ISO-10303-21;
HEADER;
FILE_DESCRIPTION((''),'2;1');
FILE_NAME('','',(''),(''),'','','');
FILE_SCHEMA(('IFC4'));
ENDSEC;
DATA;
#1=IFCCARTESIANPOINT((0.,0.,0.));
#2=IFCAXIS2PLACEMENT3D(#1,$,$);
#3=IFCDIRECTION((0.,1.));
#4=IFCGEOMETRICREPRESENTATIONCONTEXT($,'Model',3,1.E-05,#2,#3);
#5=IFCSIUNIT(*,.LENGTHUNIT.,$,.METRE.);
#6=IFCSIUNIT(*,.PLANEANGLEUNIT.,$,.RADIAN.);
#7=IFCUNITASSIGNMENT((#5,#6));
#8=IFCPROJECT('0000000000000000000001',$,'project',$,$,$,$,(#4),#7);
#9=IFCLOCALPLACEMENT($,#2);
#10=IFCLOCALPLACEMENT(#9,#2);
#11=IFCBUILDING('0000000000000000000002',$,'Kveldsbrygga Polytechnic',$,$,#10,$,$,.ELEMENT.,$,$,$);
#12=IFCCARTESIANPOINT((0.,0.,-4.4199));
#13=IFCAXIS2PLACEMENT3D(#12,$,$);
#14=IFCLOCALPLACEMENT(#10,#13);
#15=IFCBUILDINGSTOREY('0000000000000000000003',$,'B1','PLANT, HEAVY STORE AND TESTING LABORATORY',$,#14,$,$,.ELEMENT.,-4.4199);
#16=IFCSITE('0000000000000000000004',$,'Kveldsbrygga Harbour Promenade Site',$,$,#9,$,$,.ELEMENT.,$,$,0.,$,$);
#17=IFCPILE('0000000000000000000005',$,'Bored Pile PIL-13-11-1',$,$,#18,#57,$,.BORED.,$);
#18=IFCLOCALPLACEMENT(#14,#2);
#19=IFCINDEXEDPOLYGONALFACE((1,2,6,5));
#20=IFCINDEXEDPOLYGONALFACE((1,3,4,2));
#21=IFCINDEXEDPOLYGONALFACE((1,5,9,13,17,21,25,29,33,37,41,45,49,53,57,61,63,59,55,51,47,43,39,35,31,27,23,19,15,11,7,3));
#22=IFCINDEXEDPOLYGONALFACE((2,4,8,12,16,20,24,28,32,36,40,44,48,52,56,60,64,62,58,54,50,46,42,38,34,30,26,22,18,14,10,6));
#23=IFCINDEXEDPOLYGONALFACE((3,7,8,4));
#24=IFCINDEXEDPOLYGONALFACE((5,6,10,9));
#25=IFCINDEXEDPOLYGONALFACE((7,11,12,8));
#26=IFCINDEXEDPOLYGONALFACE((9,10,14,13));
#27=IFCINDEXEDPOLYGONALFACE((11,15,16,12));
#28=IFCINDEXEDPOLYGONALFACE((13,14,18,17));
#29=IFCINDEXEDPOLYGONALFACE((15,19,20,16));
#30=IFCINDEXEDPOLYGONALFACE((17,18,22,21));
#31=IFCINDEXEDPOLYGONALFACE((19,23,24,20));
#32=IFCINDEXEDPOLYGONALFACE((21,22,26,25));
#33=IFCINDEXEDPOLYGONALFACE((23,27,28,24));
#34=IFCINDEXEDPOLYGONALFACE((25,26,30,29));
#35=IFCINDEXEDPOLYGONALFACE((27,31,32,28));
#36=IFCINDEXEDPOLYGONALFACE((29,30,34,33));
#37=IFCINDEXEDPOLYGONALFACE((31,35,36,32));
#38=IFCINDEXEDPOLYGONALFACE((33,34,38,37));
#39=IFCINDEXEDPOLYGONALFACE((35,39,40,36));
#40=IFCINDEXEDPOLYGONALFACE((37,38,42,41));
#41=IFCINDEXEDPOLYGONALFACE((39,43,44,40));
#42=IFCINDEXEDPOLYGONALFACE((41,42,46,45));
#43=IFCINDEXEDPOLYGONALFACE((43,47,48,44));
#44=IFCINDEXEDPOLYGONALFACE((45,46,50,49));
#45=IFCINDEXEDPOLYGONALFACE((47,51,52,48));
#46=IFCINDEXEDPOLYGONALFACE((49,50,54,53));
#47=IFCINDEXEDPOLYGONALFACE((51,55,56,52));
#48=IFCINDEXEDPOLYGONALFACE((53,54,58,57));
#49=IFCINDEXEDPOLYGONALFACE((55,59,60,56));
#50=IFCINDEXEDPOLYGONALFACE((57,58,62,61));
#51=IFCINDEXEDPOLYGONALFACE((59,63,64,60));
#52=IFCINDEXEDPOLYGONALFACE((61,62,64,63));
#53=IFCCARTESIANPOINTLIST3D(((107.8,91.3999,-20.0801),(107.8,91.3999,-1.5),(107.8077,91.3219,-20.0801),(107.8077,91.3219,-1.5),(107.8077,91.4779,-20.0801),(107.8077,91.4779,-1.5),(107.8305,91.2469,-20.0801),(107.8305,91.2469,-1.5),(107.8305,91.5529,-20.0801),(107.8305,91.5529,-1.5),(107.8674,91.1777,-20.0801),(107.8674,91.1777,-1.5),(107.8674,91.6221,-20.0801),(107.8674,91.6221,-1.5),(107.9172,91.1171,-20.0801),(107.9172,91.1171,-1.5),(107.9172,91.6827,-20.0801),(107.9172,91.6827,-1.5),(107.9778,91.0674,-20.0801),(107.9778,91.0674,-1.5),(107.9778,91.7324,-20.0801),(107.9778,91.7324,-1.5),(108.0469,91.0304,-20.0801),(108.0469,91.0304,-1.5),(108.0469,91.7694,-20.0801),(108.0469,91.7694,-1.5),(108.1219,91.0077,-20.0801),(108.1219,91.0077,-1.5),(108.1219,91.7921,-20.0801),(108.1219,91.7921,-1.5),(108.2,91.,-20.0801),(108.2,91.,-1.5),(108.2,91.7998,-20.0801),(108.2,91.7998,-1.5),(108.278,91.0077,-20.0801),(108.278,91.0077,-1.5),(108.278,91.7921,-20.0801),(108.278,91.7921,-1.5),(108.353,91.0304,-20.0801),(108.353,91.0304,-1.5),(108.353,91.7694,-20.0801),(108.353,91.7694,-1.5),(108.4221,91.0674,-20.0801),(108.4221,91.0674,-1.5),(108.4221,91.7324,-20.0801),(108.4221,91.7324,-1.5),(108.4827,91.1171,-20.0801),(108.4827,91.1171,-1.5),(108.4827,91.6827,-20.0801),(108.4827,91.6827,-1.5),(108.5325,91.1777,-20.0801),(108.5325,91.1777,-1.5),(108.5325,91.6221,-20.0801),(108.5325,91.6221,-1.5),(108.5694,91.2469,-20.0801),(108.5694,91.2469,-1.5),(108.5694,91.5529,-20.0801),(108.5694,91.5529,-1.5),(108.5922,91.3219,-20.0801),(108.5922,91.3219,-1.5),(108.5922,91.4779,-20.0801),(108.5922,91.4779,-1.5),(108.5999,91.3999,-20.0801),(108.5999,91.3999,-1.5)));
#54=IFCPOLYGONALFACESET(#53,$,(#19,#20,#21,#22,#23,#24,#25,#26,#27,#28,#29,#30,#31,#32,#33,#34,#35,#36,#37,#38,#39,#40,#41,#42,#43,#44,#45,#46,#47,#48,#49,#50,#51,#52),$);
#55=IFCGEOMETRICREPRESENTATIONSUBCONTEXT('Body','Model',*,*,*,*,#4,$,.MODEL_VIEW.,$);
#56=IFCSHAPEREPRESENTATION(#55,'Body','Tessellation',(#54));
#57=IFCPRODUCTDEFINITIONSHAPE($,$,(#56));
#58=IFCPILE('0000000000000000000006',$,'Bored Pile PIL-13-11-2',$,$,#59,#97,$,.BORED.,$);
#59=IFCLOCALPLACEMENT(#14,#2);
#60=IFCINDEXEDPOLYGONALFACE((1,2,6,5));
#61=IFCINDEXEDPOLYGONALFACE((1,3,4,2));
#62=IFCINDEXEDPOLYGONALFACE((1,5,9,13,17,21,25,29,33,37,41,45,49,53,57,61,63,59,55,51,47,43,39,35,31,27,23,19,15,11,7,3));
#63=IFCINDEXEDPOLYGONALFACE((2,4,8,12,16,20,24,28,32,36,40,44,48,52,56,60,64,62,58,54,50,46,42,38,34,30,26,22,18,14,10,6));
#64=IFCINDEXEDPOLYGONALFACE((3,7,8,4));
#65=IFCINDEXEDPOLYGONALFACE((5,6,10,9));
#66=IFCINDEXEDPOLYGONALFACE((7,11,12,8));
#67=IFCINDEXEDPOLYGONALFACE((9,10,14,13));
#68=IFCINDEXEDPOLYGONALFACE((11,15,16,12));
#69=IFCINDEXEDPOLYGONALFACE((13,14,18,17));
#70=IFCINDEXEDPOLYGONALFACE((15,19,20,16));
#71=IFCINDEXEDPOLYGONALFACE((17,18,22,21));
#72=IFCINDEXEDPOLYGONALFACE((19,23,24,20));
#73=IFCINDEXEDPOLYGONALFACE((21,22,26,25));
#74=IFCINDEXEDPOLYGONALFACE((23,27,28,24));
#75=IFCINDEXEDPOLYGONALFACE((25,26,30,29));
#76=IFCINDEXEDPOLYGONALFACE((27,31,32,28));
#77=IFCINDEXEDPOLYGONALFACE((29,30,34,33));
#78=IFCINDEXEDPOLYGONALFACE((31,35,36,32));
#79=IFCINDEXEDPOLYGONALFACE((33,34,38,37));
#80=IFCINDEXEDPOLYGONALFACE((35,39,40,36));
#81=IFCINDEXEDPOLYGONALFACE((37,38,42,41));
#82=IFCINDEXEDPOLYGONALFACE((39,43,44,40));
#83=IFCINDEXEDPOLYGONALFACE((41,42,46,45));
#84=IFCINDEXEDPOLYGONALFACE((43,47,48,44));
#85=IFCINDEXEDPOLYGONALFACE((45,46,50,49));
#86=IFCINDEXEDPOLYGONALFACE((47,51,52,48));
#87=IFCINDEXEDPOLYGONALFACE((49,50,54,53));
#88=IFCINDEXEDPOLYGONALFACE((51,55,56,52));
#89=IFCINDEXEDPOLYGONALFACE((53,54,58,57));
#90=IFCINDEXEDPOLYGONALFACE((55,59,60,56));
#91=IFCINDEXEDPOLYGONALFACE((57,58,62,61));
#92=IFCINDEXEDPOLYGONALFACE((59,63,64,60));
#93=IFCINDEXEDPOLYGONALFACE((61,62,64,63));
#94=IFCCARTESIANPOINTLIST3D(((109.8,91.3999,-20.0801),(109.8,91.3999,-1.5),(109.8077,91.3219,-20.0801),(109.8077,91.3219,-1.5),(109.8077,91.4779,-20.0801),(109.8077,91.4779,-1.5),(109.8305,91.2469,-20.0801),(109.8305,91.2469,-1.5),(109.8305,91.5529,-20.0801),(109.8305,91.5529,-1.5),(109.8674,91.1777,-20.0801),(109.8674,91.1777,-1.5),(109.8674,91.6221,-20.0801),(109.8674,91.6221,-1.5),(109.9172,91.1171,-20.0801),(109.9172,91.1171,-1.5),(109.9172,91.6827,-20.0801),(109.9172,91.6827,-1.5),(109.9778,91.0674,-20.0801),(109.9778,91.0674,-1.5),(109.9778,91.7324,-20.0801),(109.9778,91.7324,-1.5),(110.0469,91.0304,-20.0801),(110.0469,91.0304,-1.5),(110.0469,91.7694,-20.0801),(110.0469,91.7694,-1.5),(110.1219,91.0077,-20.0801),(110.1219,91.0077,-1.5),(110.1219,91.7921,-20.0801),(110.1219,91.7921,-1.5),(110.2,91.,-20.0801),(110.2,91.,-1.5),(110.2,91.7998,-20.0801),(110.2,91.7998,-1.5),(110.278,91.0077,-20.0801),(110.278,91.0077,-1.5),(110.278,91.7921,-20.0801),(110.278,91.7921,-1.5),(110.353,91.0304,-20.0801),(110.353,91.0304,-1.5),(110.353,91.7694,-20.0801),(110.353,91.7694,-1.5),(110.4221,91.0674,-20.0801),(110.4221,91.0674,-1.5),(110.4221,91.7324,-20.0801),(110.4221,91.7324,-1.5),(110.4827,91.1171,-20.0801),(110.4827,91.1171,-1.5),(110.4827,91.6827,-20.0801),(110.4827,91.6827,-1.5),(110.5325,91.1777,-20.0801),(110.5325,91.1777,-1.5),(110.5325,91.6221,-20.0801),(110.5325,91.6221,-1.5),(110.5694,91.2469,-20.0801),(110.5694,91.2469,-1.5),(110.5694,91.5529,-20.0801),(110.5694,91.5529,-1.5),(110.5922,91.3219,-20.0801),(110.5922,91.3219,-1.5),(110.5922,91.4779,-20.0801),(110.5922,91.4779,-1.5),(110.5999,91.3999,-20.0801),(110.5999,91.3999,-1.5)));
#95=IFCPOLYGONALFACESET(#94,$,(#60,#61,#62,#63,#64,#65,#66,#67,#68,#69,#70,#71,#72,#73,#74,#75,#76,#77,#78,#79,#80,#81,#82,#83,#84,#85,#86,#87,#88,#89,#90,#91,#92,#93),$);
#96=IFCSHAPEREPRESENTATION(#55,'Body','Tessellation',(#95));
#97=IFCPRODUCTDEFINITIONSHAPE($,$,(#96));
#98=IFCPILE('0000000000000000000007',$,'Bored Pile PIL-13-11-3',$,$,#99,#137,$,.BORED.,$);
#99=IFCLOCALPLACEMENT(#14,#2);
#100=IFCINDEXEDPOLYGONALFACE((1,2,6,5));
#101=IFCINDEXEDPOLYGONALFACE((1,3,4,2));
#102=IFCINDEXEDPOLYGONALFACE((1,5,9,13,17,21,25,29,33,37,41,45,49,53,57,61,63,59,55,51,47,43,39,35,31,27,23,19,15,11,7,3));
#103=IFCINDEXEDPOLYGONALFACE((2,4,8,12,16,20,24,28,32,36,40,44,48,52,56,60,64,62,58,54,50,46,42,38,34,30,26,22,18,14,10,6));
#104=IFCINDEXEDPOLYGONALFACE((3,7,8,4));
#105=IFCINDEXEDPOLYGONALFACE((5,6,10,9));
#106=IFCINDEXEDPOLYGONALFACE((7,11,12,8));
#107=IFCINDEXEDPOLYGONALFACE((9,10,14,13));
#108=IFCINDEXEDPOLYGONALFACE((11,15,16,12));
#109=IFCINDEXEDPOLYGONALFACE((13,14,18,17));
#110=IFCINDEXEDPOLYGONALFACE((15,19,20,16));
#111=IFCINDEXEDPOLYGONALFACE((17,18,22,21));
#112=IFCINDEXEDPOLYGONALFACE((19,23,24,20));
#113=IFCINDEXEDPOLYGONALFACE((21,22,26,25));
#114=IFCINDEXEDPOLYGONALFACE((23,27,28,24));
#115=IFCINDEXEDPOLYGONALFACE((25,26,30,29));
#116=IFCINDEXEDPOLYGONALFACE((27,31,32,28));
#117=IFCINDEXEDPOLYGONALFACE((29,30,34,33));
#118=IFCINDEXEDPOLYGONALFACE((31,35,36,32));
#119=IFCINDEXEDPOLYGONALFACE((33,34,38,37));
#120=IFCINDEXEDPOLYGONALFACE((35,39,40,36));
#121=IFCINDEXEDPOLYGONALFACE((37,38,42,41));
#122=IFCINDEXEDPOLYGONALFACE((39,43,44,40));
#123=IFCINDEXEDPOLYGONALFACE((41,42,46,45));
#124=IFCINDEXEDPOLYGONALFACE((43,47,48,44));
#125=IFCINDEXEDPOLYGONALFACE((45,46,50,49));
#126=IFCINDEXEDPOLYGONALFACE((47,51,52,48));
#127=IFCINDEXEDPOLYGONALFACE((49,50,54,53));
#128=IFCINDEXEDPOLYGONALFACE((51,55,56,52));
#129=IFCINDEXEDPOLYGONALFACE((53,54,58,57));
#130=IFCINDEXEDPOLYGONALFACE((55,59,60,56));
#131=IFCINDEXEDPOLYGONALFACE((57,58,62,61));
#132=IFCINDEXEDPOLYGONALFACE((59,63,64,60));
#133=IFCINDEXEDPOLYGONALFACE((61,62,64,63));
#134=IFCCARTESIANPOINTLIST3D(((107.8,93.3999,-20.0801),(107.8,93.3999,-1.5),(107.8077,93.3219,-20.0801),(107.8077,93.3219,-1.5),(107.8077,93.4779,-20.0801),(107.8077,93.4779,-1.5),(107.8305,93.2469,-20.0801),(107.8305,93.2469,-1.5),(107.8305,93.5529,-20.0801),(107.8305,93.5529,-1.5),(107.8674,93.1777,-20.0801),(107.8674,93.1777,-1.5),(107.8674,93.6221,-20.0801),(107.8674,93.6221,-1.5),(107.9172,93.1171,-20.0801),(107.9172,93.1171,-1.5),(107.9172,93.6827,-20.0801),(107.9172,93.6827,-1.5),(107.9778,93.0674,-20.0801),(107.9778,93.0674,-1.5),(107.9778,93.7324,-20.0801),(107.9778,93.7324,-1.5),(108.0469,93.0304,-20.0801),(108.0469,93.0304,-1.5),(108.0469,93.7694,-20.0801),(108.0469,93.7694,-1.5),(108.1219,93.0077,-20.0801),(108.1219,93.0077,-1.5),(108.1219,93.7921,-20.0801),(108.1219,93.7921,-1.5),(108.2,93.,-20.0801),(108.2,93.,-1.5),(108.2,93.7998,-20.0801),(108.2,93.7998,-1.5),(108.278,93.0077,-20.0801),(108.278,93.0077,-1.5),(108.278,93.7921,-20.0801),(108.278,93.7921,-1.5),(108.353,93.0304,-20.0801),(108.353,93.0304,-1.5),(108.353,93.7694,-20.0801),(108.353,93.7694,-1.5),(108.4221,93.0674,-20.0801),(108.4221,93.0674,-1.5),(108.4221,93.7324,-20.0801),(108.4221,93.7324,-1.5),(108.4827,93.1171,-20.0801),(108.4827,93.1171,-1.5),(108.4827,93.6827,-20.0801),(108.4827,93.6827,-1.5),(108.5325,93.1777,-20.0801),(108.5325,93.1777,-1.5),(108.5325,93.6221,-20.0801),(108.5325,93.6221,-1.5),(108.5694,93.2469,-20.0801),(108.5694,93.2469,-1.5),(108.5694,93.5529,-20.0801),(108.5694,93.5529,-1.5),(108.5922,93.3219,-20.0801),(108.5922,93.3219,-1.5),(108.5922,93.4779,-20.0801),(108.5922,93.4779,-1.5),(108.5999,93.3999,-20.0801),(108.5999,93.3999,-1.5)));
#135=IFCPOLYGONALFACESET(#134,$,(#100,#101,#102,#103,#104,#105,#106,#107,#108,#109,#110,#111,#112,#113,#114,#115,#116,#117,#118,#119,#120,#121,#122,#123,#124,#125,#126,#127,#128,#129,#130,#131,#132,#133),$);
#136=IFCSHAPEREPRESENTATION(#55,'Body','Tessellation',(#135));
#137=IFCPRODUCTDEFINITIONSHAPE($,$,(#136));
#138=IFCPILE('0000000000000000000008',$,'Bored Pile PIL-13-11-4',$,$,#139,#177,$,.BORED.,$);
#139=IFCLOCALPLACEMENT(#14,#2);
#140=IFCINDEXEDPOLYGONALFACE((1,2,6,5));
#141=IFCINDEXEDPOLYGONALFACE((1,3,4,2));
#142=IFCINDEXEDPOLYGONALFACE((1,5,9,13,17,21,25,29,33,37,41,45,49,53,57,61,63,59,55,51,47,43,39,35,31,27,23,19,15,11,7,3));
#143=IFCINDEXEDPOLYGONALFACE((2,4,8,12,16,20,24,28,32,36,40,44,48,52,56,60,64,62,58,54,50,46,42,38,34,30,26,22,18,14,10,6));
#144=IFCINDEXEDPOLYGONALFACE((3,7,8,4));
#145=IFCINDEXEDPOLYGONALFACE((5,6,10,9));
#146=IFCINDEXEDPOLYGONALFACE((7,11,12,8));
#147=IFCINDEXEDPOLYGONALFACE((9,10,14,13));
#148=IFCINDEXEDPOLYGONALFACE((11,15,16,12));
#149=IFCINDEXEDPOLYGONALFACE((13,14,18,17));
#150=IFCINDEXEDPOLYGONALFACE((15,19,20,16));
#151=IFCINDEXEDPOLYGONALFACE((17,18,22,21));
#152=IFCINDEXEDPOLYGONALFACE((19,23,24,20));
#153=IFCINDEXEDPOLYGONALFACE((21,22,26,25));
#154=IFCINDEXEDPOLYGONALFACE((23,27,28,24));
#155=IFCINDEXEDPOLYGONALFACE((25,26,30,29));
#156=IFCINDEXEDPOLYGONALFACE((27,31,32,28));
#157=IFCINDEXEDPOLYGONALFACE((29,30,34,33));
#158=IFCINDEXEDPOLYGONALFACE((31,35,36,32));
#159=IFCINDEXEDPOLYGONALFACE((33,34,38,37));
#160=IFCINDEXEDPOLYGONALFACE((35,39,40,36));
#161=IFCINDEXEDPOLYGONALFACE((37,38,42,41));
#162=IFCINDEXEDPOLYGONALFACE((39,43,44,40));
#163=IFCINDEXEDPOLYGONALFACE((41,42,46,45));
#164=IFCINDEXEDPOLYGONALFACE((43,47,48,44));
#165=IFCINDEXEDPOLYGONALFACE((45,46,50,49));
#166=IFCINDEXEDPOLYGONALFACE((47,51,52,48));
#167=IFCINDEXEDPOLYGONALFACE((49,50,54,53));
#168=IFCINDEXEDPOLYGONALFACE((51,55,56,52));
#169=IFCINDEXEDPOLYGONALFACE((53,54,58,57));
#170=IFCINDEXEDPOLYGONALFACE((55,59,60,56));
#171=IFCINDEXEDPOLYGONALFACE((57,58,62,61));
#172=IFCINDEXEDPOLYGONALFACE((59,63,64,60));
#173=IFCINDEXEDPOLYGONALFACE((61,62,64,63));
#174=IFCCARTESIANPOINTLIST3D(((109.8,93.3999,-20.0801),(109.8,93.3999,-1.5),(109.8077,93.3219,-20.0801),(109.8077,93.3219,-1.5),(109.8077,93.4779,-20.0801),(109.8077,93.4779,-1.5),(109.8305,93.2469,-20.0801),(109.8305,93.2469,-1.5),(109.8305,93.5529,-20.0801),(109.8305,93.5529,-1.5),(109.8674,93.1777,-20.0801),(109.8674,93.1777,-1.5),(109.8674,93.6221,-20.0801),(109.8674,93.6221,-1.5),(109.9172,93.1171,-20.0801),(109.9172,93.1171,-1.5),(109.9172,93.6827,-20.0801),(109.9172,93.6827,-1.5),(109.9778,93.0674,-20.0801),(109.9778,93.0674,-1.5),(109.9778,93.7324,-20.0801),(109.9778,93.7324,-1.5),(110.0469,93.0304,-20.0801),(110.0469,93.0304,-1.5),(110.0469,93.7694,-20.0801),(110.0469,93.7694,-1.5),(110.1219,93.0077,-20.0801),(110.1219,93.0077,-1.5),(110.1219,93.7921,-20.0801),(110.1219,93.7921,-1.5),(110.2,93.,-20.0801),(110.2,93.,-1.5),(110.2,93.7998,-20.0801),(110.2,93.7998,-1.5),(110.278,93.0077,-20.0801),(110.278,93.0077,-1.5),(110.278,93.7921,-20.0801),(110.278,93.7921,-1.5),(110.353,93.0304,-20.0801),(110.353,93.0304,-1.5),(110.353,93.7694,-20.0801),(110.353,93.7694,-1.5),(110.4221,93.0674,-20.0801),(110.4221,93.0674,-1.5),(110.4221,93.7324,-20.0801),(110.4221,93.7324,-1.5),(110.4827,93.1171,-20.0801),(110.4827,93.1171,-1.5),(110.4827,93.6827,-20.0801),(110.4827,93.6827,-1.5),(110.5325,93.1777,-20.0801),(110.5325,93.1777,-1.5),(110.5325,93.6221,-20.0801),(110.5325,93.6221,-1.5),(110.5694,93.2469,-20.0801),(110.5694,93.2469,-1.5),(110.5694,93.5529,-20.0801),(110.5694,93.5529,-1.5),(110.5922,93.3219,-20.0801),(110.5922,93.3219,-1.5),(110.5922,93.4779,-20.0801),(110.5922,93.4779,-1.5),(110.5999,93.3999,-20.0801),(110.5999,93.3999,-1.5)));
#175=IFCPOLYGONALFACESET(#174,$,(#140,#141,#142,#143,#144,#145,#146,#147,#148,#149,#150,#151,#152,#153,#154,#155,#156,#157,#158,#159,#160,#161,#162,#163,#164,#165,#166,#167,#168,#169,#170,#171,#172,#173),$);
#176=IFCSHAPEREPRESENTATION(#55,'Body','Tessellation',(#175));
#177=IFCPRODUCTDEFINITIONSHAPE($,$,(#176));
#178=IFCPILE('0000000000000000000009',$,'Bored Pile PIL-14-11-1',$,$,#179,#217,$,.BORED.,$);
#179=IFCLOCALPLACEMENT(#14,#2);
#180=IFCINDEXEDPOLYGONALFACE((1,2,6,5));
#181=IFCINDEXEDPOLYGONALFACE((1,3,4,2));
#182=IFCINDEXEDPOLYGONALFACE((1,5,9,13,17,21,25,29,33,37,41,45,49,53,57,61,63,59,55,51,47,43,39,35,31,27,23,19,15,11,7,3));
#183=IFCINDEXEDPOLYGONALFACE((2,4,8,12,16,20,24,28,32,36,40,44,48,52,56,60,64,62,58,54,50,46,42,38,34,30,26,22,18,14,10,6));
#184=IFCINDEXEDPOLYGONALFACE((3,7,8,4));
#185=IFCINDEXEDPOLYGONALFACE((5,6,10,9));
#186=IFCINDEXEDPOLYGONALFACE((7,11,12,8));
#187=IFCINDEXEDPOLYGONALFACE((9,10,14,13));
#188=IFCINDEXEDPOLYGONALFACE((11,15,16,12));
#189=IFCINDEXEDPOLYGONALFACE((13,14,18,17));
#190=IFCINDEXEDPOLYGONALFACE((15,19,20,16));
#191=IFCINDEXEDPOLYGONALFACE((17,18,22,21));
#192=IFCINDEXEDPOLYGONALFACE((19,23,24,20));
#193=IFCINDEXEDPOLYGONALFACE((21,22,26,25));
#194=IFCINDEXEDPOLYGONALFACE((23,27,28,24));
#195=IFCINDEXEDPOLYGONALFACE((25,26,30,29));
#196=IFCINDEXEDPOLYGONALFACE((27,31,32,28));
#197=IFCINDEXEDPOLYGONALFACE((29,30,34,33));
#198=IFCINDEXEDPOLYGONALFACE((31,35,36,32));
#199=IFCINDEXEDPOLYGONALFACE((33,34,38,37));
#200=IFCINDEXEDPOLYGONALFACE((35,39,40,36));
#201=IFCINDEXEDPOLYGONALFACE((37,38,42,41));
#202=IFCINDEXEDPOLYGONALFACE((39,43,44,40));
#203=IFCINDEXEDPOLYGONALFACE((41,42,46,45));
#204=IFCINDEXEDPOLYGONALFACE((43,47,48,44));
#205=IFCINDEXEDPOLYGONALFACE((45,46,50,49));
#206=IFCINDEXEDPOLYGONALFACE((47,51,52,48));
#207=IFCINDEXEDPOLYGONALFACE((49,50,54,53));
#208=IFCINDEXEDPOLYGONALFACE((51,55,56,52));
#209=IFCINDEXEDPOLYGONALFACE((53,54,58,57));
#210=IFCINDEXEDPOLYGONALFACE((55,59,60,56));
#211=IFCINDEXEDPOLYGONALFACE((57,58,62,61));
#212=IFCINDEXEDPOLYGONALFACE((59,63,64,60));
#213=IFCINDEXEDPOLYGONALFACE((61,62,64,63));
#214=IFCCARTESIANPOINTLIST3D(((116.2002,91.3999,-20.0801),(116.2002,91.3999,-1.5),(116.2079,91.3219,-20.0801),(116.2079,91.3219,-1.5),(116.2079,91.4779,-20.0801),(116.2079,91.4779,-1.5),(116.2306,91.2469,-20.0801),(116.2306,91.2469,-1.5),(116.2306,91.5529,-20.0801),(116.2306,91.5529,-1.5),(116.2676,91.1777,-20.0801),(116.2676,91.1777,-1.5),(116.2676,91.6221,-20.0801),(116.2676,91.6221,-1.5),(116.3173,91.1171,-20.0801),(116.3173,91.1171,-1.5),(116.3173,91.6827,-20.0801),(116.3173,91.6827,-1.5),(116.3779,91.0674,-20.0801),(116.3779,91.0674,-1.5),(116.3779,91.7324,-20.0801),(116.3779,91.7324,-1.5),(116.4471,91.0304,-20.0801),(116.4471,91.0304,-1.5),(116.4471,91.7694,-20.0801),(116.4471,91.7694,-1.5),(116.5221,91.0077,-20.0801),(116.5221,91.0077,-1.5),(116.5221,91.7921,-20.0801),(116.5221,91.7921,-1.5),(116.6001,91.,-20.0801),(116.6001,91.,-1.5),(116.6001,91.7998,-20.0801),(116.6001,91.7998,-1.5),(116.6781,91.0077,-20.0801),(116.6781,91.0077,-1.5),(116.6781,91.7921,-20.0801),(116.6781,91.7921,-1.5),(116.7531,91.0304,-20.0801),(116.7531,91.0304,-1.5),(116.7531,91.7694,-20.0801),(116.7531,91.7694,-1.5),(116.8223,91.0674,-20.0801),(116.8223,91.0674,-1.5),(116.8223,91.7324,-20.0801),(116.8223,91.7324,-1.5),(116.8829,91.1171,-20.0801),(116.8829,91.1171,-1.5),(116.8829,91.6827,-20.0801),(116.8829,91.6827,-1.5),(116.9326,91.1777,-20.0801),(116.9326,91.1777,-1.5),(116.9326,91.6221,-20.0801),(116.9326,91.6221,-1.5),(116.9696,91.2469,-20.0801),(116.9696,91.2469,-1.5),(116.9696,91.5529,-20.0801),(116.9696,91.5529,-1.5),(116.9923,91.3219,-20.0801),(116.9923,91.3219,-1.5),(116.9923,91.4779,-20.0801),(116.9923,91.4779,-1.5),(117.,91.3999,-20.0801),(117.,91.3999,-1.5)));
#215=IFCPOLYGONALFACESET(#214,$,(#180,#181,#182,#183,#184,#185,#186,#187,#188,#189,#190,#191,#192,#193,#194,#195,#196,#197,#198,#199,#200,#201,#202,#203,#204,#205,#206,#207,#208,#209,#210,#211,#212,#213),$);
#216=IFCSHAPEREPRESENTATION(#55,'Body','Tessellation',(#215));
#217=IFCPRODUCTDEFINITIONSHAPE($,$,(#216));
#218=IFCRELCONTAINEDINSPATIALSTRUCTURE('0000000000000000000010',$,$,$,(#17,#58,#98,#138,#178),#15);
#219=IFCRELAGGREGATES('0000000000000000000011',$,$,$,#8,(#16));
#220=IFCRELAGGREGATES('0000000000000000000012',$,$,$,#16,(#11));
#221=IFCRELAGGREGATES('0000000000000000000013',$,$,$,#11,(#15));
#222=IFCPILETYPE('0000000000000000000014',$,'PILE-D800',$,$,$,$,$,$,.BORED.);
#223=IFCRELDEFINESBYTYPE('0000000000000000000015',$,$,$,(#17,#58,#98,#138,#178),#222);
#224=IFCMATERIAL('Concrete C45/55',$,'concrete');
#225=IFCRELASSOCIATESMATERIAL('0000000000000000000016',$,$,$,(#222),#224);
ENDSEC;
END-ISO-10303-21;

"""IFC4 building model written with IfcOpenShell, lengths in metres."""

from ifc_helpers import new_model, si_unit, direction, frame, origin, origin_2d, place, context, subcontext, project, spatial, circle, extrude, material, material_profile, profile_set, type_object, element, save


model = new_model("IFC4")

# Units and contexts
model_context = context("Model", 3, precision=1e-05, world=origin(), true_north=direction((0.0, 1.0)))
body_context = subcontext(model_context, "Body", "Model", "MODEL_VIEW")
ifc_project = project(units=[si_unit("LENGTHUNIT", "METRE"), si_unit("PLANEANGLEUNIT", "RADIAN")], contexts=[model_context])

# Site, building, storey
site_placement = place(None, origin())
site = spatial("IfcSite", under=ifc_project, at=site_placement, Name="Kveldsbrygga Harbour Promenade Site", CompositionType="ELEMENT", RefElevation=0.0)
building_placement = place(site_placement, origin())
building = spatial("IfcBuilding", under=site, at=building_placement, Name="Kveldsbrygga Polytechnic", CompositionType="ELEMENT")
storey_placement = place(building_placement, frame((0.0, 0.0, -4.4199)))
storey = spatial("IfcBuildingStorey", under=building, at=storey_placement, Name="B1", Description="PLANT, HEAVY STORE AND TESTING LABORATORY", CompositionType="ELEMENT", Elevation=-4.4199)

# Shared definitions
ifc_material_1 = material(Name="Concrete C45/55", Category="concrete")

# Piles
ifc_material_profile_1 = material_profile(ifc_material_1, circle(Radius=0.3999, at=origin_2d()), Name="PILE D800")
ifc_profile_set_1 = profile_set([ifc_material_profile_1], Name="Concrete C45/55")
pile_type = type_object("IfcPileType", Name="PILE-D800", PredefinedType="BORED", material=ifc_profile_set_1)
for number, where, z_axis, x_axis, name in (
    (1, (108.2, 91.3999, -1.5), (0.0, 0.0, -1.0), (1.0, 0.0, 0.0), "Bored Pile PIL-13-11-1"),
    (2, (110.2, 91.3999, -1.5), (0.0, 0.0, -1.0), (1.0, 0.0, 0.0), "Bored Pile PIL-13-11-2"),
    (3, (108.2, 93.3999, -1.5), (0.0, 0.0, -1.0), (1.0, 0.0, 0.0), "Bored Pile PIL-13-11-3"),
    (4, (110.2, 93.3999, -1.5), (0.0, 0.0, -1.0), (1.0, 0.0, 0.0), "Bored Pile PIL-13-11-4"),
    (5, (116.6001, 91.3999, -1.5), (0.0, 0.0, -1.0), (1.0, 0.0, 0.0), "Bored Pile PIL-14-11-1"),
):
    element("IfcPile", number, at=place(storey_placement, frame(where, z_axis=z_axis, x_axis=x_axis)), inside=storey, type_object=pile_type, Name=name, PredefinedType="BORED", context=body_context, shape_type="SweptSolid", body=[
        extrude(circle(Radius=0.3999, at=origin_2d()), origin(), (0.0, 0.0, 1.0), 18.5801),
    ])

save(model, "model.ifc")
